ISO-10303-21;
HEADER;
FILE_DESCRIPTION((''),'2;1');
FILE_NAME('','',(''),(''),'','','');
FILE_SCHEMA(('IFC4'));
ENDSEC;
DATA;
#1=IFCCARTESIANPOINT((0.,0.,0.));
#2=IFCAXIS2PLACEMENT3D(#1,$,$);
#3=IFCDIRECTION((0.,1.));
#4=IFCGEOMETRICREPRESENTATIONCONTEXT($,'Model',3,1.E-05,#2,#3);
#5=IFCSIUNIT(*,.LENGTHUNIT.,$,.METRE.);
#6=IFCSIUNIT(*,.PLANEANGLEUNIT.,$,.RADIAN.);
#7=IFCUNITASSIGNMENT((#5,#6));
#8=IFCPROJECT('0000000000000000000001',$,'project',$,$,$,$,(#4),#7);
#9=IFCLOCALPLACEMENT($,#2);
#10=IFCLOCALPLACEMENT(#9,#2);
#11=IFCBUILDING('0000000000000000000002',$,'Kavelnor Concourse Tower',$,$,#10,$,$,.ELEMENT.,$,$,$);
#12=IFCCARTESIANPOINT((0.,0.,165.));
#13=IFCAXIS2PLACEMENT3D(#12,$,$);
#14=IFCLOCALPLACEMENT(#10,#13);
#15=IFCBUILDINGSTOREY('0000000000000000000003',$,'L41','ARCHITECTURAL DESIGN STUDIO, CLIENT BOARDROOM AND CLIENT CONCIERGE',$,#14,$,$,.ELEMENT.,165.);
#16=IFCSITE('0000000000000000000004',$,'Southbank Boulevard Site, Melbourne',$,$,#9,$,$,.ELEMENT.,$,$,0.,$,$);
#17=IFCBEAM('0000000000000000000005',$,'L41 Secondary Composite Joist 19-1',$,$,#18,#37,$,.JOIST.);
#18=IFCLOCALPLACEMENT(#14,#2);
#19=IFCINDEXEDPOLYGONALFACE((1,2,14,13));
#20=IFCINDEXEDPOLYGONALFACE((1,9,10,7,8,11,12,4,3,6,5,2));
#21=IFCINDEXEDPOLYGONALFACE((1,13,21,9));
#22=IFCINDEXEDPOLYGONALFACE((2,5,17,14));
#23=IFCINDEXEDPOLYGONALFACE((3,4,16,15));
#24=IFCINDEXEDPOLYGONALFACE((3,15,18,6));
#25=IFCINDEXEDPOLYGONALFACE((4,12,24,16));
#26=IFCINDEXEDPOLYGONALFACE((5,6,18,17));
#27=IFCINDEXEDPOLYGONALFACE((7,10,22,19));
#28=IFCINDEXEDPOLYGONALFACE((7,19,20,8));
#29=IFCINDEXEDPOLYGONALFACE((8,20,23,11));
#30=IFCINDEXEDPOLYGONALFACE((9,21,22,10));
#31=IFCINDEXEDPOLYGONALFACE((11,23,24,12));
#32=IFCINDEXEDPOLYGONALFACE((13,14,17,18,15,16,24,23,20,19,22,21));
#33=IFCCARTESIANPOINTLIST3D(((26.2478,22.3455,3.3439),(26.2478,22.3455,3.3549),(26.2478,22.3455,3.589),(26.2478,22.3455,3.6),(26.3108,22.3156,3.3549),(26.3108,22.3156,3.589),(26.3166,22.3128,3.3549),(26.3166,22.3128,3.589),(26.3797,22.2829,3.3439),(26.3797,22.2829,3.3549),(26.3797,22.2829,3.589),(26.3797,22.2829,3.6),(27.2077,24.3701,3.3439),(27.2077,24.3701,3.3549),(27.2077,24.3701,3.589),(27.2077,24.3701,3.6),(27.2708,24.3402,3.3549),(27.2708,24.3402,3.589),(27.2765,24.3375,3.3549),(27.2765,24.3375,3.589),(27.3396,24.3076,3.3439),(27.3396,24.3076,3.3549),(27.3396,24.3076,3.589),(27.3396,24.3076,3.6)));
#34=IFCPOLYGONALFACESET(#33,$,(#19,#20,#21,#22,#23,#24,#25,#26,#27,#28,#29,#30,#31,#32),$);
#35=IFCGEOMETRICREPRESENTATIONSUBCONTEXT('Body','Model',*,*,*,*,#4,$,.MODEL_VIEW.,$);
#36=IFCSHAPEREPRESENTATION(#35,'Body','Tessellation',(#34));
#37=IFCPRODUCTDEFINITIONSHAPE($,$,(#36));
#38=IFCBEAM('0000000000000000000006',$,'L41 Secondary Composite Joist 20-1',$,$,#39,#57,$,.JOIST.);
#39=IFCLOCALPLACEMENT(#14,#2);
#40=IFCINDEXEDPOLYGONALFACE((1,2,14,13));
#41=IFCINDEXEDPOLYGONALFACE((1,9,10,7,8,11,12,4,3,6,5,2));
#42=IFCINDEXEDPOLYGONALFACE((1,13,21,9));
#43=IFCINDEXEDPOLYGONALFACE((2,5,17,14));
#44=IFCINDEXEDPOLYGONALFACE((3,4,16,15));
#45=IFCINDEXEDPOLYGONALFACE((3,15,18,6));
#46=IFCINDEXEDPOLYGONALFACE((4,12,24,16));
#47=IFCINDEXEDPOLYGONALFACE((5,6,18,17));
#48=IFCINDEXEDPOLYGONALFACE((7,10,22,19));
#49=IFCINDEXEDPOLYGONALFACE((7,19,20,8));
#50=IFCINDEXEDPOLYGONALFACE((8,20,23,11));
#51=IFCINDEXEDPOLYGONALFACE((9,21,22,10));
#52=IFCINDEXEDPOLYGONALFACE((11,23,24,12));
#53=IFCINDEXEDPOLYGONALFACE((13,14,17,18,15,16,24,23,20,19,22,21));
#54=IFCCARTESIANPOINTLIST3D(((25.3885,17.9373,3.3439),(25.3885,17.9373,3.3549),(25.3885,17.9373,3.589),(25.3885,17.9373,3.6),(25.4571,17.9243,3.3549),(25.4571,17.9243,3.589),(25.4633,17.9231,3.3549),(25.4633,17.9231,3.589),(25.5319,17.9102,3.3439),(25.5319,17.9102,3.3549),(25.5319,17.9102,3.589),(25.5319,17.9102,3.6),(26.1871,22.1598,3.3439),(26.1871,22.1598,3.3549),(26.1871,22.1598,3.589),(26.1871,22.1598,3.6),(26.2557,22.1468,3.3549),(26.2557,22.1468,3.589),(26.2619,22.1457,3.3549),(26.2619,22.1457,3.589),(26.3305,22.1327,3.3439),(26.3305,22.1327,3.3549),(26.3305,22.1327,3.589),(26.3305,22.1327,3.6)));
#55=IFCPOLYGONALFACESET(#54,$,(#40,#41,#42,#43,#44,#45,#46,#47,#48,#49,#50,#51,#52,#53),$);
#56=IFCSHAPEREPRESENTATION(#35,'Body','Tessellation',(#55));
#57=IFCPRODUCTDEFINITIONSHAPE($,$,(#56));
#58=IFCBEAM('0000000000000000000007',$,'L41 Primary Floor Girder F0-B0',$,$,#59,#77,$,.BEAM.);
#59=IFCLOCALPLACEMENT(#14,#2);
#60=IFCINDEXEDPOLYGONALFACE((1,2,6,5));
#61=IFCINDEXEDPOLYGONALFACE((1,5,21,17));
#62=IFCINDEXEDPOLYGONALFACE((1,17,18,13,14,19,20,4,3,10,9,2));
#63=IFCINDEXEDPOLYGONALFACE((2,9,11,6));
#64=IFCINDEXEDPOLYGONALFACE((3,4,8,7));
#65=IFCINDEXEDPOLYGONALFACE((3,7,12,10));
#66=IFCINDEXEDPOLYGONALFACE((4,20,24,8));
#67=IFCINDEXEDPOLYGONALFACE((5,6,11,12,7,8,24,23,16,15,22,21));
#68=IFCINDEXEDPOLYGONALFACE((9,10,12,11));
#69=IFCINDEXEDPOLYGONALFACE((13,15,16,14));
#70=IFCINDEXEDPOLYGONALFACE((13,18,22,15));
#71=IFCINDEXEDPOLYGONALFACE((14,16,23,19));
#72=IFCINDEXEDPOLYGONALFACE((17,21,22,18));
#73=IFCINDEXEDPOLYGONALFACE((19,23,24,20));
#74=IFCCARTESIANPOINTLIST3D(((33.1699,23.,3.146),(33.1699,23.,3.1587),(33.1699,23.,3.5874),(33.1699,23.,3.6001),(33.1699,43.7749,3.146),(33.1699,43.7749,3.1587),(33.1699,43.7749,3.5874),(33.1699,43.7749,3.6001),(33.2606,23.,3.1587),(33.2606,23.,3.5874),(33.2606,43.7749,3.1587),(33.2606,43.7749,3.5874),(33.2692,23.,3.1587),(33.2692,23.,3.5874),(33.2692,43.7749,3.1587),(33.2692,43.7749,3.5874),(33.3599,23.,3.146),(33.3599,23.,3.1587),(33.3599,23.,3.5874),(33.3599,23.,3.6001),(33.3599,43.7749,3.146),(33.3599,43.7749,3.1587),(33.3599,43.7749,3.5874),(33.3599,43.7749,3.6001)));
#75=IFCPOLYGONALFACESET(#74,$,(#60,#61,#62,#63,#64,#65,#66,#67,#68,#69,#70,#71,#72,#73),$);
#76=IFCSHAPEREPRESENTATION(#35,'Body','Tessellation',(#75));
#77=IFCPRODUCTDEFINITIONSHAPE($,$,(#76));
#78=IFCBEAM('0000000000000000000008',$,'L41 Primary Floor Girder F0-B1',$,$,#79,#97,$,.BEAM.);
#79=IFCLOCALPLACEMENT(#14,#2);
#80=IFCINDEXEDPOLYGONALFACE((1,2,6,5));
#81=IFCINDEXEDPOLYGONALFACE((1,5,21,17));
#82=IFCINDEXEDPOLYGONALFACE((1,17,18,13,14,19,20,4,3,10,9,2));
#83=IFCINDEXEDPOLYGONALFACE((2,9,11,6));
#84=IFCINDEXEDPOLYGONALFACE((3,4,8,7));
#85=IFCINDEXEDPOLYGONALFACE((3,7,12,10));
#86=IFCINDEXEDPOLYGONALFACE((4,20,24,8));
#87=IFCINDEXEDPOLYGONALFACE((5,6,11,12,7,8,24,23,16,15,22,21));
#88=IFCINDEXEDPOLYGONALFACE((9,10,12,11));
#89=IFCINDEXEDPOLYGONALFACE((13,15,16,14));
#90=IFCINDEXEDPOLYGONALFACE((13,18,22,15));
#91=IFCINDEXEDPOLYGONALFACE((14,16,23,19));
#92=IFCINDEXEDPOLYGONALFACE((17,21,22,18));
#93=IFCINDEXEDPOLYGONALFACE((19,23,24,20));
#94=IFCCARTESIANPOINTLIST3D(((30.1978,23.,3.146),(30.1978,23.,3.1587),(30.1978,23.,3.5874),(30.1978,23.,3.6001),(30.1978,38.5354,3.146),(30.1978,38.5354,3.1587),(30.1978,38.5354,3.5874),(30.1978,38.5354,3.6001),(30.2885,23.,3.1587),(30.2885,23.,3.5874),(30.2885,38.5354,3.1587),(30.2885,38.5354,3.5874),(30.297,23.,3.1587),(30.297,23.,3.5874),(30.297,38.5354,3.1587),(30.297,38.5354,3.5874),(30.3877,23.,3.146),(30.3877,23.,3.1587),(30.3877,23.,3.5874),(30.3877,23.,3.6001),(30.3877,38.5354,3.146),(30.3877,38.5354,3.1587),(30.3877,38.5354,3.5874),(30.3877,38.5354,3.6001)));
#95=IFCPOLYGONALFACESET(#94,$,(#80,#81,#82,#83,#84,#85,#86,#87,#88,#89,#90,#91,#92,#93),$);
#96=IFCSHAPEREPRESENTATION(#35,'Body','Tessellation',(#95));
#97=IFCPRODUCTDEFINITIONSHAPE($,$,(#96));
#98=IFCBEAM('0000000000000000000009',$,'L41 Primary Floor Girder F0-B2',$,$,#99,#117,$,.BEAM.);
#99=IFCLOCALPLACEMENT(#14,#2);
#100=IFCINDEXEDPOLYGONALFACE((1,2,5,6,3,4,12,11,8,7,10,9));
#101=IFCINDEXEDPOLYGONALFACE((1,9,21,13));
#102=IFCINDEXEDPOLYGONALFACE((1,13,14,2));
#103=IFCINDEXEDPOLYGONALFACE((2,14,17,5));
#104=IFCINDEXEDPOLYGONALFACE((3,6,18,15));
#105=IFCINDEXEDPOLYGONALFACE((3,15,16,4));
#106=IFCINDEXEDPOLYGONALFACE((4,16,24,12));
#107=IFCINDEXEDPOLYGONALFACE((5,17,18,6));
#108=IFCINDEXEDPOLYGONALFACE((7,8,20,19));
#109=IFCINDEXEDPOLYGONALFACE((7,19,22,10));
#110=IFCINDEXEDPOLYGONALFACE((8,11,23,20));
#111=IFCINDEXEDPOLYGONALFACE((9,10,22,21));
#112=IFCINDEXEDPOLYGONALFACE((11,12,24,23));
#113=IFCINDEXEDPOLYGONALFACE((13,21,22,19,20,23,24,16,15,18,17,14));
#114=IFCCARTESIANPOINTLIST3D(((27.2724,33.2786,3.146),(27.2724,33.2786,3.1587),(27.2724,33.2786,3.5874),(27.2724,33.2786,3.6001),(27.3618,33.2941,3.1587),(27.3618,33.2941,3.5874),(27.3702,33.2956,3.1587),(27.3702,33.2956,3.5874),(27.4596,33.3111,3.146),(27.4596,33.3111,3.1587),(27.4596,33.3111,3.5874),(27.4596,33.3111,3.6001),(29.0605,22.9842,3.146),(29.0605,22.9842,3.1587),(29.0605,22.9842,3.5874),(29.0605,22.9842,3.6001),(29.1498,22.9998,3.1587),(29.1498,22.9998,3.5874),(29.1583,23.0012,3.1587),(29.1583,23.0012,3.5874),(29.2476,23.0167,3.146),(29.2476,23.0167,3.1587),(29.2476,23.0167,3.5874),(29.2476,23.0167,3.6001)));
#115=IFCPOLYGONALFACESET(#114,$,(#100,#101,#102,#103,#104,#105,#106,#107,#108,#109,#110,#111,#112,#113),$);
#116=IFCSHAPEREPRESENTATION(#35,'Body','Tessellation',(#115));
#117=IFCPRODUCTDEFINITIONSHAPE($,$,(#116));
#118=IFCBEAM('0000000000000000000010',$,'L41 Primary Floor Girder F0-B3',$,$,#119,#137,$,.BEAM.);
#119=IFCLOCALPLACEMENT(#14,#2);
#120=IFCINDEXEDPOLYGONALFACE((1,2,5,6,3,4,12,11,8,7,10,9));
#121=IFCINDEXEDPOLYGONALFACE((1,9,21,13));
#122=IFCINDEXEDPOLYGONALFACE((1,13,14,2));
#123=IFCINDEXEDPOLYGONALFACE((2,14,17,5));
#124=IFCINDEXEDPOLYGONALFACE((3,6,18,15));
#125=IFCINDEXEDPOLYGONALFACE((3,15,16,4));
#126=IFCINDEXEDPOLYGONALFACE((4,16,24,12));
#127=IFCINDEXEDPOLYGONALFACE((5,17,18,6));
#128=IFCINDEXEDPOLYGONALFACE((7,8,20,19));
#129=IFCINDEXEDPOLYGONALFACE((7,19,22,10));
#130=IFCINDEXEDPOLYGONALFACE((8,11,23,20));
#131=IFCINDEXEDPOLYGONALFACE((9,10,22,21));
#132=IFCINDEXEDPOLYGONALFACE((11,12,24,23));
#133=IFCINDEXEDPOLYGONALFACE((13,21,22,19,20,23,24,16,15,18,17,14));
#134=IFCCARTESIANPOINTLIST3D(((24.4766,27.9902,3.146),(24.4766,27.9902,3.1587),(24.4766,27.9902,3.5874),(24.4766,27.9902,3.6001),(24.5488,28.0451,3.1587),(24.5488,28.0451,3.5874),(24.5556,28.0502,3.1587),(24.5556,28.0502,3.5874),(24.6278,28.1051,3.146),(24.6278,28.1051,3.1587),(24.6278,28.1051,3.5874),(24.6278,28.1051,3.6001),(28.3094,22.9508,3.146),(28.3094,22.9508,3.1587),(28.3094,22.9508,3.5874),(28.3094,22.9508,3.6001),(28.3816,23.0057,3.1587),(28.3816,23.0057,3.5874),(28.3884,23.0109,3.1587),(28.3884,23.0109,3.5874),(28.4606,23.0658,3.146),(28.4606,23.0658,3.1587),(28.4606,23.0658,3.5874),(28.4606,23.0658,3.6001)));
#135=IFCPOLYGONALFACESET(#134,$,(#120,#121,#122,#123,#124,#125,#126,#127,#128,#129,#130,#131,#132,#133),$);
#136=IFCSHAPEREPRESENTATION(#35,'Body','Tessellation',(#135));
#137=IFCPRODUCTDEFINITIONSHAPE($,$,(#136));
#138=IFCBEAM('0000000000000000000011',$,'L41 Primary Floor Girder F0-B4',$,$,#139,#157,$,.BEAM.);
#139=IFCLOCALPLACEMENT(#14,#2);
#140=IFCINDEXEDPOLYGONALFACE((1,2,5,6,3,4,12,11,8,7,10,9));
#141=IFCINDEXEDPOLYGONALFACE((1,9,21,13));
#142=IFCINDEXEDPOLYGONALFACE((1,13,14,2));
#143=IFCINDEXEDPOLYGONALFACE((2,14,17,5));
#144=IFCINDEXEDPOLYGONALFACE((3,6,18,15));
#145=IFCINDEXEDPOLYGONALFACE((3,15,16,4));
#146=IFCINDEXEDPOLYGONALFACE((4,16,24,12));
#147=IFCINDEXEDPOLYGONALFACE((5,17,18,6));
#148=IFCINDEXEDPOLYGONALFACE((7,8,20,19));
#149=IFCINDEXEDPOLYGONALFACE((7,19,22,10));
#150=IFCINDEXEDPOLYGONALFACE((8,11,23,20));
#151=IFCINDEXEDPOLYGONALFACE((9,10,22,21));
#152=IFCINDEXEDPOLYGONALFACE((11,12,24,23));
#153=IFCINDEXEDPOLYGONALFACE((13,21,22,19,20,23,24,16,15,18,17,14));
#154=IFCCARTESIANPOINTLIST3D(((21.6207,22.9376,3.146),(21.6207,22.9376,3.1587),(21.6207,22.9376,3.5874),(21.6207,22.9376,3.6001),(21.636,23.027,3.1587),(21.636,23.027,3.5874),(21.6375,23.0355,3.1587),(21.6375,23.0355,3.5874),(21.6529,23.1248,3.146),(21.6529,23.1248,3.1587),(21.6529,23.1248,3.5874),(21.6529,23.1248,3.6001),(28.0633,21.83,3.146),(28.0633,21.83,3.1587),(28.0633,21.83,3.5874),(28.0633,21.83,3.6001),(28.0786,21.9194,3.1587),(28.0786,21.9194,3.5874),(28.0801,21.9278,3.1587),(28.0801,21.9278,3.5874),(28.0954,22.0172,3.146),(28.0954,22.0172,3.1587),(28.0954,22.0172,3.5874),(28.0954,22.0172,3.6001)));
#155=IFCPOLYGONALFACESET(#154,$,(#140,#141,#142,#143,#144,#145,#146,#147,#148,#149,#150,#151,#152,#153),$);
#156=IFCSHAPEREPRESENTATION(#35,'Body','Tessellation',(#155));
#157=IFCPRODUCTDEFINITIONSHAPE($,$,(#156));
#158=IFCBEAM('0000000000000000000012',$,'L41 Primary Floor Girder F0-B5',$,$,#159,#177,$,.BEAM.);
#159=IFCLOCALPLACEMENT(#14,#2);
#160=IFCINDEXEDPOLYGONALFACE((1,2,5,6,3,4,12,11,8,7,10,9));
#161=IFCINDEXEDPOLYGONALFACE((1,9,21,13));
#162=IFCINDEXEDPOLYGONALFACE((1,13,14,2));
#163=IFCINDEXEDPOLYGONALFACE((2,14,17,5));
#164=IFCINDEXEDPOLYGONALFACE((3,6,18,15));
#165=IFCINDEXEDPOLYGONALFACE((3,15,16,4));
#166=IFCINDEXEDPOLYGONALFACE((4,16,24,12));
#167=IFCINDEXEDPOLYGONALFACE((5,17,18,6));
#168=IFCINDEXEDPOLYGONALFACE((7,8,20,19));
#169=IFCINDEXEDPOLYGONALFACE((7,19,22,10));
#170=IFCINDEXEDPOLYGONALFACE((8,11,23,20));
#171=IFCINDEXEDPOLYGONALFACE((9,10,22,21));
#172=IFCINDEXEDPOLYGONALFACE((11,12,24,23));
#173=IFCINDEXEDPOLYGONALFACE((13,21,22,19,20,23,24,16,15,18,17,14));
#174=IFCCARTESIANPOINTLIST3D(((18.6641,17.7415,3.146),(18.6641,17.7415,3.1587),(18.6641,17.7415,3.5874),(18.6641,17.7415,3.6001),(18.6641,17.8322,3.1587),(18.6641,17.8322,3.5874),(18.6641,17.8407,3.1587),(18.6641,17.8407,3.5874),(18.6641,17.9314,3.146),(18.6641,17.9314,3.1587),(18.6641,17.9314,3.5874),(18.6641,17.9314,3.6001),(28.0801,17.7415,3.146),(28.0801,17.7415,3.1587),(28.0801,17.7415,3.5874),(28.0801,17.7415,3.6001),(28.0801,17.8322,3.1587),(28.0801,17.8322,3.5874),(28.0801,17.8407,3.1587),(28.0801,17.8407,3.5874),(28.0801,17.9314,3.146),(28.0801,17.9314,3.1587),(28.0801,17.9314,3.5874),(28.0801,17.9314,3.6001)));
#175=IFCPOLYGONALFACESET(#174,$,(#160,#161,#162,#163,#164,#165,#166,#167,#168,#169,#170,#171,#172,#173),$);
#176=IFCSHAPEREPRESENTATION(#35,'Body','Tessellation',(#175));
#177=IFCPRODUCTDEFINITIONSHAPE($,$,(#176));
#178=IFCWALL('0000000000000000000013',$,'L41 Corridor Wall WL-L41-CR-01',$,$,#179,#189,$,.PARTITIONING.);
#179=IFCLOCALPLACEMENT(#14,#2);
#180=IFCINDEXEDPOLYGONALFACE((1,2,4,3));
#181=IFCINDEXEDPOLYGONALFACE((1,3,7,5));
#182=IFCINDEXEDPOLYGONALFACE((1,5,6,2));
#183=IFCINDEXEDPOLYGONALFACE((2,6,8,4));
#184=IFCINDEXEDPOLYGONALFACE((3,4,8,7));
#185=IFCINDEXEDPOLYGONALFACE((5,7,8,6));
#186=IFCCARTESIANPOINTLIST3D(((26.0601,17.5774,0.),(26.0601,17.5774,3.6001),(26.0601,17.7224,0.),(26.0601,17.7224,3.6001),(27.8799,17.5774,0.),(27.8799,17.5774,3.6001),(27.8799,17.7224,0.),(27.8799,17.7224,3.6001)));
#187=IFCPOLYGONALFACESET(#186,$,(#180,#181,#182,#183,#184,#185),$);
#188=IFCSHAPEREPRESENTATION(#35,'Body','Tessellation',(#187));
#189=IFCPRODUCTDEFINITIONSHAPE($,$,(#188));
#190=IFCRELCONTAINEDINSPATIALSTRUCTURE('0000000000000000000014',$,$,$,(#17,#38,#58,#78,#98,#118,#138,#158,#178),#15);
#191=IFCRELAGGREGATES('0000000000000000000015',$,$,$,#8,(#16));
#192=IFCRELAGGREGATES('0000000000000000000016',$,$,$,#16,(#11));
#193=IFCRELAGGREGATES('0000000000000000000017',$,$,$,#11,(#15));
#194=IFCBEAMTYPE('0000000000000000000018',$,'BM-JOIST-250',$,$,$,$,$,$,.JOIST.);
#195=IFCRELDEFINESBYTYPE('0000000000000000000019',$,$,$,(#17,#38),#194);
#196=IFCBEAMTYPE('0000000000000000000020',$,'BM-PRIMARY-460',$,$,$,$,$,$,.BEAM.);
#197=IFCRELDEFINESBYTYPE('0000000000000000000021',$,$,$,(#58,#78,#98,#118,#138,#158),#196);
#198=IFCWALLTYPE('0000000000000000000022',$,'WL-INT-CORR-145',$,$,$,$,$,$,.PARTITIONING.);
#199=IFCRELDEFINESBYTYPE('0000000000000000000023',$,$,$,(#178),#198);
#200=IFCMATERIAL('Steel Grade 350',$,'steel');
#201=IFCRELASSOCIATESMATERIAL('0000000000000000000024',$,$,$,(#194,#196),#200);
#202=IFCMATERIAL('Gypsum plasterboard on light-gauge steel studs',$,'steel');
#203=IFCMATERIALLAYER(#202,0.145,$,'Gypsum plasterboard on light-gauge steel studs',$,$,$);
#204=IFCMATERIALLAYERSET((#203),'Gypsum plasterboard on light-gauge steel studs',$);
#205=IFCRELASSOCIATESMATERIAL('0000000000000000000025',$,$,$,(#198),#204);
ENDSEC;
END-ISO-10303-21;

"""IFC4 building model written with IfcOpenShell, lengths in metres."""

from ifc_helpers import new_model, si_unit, direction, frame, frame_2d, origin, origin_2d, place, context, subcontext, project, spatial, rectangle, i_section, extrude, material, layer, layer_set, material_profile, profile_set, type_object, element, save


model = new_model("IFC4")

# Units and contexts
model_context = context("Model", 3, precision=1e-05, world=origin(), true_north=direction((0.0, 1.0)))
body_context = subcontext(model_context, "Body", "Model", "MODEL_VIEW")
ifc_project = project(units=[si_unit("LENGTHUNIT", "METRE"), si_unit("PLANEANGLEUNIT", "RADIAN")], contexts=[model_context])

# Site, building, storey
site_placement = place(None, origin())
site = spatial("IfcSite", under=ifc_project, at=site_placement, Name="Southbank Boulevard Site, Melbourne", CompositionType="ELEMENT", RefElevation=0.0)
building_placement = place(site_placement, origin())
building = spatial("IfcBuilding", under=site, at=building_placement, Name="Kavelnor Concourse Tower", CompositionType="ELEMENT")
storey_placement = place(building_placement, frame((0.0, 0.0, 165.0)))
storey = spatial("IfcBuildingStorey", under=building, at=storey_placement, Name="L41", Description="ARCHITECTURAL DESIGN STUDIO, CLIENT BOARDROOM AND CLIENT CONCIERGE", CompositionType="ELEMENT", Elevation=165.0)

# Beams
ifc_material_1 = material(Name="Steel Grade 350", Category="steel")
ifc_material_profile_1 = material_profile(ifc_material_1, i_section(OverallWidth=0.146, OverallDepth=0.2561, WebThickness=0.0063, FlangeThickness=0.011, at=origin_2d()), Name="250UB37")
ifc_profile_set_1 = profile_set([ifc_material_profile_1], Name="Steel Grade 350")
beam_type_1 = type_object("IfcBeamType", Name="BM-JOIST-250", PredefinedType="JOIST", material=ifc_profile_set_1)
beam_1_placement = place(storey_placement, frame((27.2737, 24.3389, 3.4719), z_axis=(-0.428419, -0.90358, 0.0), x_axis=(0.90358, -0.428419, 0.0)))
element("IfcBeam", 1, at=beam_1_placement, inside=storey, type_object=beam_type_1, Name="L41 Secondary Composite Joist 19-1", PredefinedType="JOIST", context=body_context, shape_type="SweptSolid", body=[
    extrude(i_section(OverallWidth=0.146, OverallDepth=0.2561, WebThickness=0.0063, FlangeThickness=0.011, at=origin_2d()), origin(), (0.0, 0.0, 1.0), 2.2407),
])
beam_2_placement = place(storey_placement, frame((26.2588, 22.1462, 3.4719), z_axis=(-0.185835, -0.982581, 0.0), x_axis=(0.982581, -0.185835, 0.0)))
element("IfcBeam", 2, at=beam_2_placement, inside=storey, type_object=beam_type_1, Name="L41 Secondary Composite Joist 20-1", PredefinedType="JOIST", context=body_context, shape_type="SweptSolid", body=[
    extrude(i_section(OverallWidth=0.146, OverallDepth=0.2561, WebThickness=0.0063, FlangeThickness=0.011, at=origin_2d()), origin(), (0.0, 0.0, 1.0), 4.2974),
])
ifc_material_profile_2 = material_profile(ifc_material_1, i_section(OverallWidth=0.1899, OverallDepth=0.4541, WebThickness=0.0085, FlangeThickness=0.0127, at=origin_2d()), Name="460UB67")
ifc_profile_set_2 = profile_set([ifc_material_profile_2], Name="Steel Grade 350")
beam_type_2 = type_object("IfcBeamType", Name="BM-PRIMARY-460", PredefinedType="BEAM", material=ifc_profile_set_2)
beam_3_placement = place(storey_placement, frame((33.2649, 23.0, 3.373), z_axis=(0.0, 1.0, 0.0), x_axis=(-1.0, 0.0, 0.0)))
element("IfcBeam", 3, at=beam_3_placement, inside=storey, type_object=beam_type_2, Name="L41 Primary Floor Girder F0-B0", PredefinedType="BEAM", context=body_context, shape_type="SweptSolid", body=[
    extrude(i_section(OverallWidth=0.1899, OverallDepth=0.4541, WebThickness=0.0085, FlangeThickness=0.0127, at=origin_2d()), origin(), (0.0, 0.0, 1.0), 20.7749),
])
beam_4_placement = place(storey_placement, frame((30.2927, 23.0, 3.373), z_axis=(0.0, 1.0, 0.0), x_axis=(-1.0, 0.0, 0.0)))
element("IfcBeam", 4, at=beam_4_placement, inside=storey, type_object=beam_type_2, Name="L41 Primary Floor Girder F0-B1", PredefinedType="BEAM", context=body_context, shape_type="SweptSolid", body=[
    extrude(i_section(OverallWidth=0.1899, OverallDepth=0.4541, WebThickness=0.0085, FlangeThickness=0.0127, at=origin_2d()), origin(), (0.0, 0.0, 1.0), 15.5354),
])
beam_5_placement = place(storey_placement, frame((29.1541, 23.0005, 3.373), z_axis=(-0.171132, 0.985248, 0.0), x_axis=(-0.985248, -0.171132, 0.0)))
element("IfcBeam", 5, at=beam_5_placement, inside=storey, type_object=beam_type_2, Name="L41 Primary Floor Girder F0-B2", PredefinedType="BEAM", context=body_context, shape_type="SweptSolid", body=[
    extrude(i_section(OverallWidth=0.1899, OverallDepth=0.4541, WebThickness=0.0085, FlangeThickness=0.0127, at=origin_2d()), origin(), (0.0, 0.0, 1.0), 10.4485),
])
beam_6_placement = place(storey_placement, frame((28.385, 23.0083, 3.373), z_axis=(-0.605373, 0.795942, 0.0), x_axis=(-0.795942, -0.605373, 0.0)))
element("IfcBeam", 6, at=beam_6_placement, inside=storey, type_object=beam_type_2, Name="L41 Primary Floor Girder F0-B3", PredefinedType="BEAM", context=body_context, shape_type="SweptSolid", body=[
    extrude(i_section(OverallWidth=0.1899, OverallDepth=0.4541, WebThickness=0.0085, FlangeThickness=0.0127, at=origin_2d()), origin(), (0.0, 0.0, 1.0), 6.3313),
])
beam_7_placement = place(storey_placement, frame((28.0793, 21.9236, 3.373), z_axis=(-0.98554, 0.169442, 0.0), x_axis=(-0.169442, -0.98554, 0.0)))
element("IfcBeam", 7, at=beam_7_placement, inside=storey, type_object=beam_type_2, Name="L41 Primary Floor Girder F0-B4", PredefinedType="BEAM", context=body_context, shape_type="SweptSolid", body=[
    extrude(i_section(OverallWidth=0.1899, OverallDepth=0.4541, WebThickness=0.0085, FlangeThickness=0.0127, at=origin_2d()), origin(), (0.0, 0.0, 1.0), 6.5371),
])
beam_8_placement = place(storey_placement, frame((28.0801, 17.8364, 3.373), z_axis=(-1.0, 0.0, 0.0), x_axis=(0.0, -1.0, 0.0)))
element("IfcBeam", 8, at=beam_8_placement, inside=storey, type_object=beam_type_2, Name="L41 Primary Floor Girder F0-B5", PredefinedType="BEAM", context=body_context, shape_type="SweptSolid", body=[
    extrude(i_section(OverallWidth=0.1899, OverallDepth=0.4541, WebThickness=0.0085, FlangeThickness=0.0127, at=origin_2d()), origin(), (0.0, 0.0, 1.0), 9.416),
])

# Wall
ifc_material_2 = material(Name="Gypsum plasterboard on light-gauge steel studs", Category="steel")
ifc_layer_1 = layer(ifc_material_2, 0.145, Name="Gypsum plasterboard on light-gauge steel studs")
ifc_layer_set_1 = layer_set([ifc_layer_1], Name="Gypsum plasterboard on light-gauge steel studs")
wall_type_1 = type_object("IfcWallType", Name="WL-INT-CORR-145", PredefinedType="PARTITIONING", material=ifc_layer_set_1)
wall_1_placement = place(storey_placement, frame((27.8799, 17.6499, 0.0), z_axis=(0.0, 0.0, 1.0), x_axis=(-1.0, 0.0, 0.0)))
element("IfcWall", 9, at=wall_1_placement, inside=storey, type_object=wall_type_1, Name="L41 Corridor Wall WL-L41-CR-01", PredefinedType="PARTITIONING", context=body_context, shape_type="SweptSolid", body=[
    extrude(rectangle(XDim=1.8198, YDim=0.145, at=frame_2d((0.9099, 0.0))), origin(), (0.0, 0.0, 1.0), 3.6001),
])

save(model, "model.ifc")
